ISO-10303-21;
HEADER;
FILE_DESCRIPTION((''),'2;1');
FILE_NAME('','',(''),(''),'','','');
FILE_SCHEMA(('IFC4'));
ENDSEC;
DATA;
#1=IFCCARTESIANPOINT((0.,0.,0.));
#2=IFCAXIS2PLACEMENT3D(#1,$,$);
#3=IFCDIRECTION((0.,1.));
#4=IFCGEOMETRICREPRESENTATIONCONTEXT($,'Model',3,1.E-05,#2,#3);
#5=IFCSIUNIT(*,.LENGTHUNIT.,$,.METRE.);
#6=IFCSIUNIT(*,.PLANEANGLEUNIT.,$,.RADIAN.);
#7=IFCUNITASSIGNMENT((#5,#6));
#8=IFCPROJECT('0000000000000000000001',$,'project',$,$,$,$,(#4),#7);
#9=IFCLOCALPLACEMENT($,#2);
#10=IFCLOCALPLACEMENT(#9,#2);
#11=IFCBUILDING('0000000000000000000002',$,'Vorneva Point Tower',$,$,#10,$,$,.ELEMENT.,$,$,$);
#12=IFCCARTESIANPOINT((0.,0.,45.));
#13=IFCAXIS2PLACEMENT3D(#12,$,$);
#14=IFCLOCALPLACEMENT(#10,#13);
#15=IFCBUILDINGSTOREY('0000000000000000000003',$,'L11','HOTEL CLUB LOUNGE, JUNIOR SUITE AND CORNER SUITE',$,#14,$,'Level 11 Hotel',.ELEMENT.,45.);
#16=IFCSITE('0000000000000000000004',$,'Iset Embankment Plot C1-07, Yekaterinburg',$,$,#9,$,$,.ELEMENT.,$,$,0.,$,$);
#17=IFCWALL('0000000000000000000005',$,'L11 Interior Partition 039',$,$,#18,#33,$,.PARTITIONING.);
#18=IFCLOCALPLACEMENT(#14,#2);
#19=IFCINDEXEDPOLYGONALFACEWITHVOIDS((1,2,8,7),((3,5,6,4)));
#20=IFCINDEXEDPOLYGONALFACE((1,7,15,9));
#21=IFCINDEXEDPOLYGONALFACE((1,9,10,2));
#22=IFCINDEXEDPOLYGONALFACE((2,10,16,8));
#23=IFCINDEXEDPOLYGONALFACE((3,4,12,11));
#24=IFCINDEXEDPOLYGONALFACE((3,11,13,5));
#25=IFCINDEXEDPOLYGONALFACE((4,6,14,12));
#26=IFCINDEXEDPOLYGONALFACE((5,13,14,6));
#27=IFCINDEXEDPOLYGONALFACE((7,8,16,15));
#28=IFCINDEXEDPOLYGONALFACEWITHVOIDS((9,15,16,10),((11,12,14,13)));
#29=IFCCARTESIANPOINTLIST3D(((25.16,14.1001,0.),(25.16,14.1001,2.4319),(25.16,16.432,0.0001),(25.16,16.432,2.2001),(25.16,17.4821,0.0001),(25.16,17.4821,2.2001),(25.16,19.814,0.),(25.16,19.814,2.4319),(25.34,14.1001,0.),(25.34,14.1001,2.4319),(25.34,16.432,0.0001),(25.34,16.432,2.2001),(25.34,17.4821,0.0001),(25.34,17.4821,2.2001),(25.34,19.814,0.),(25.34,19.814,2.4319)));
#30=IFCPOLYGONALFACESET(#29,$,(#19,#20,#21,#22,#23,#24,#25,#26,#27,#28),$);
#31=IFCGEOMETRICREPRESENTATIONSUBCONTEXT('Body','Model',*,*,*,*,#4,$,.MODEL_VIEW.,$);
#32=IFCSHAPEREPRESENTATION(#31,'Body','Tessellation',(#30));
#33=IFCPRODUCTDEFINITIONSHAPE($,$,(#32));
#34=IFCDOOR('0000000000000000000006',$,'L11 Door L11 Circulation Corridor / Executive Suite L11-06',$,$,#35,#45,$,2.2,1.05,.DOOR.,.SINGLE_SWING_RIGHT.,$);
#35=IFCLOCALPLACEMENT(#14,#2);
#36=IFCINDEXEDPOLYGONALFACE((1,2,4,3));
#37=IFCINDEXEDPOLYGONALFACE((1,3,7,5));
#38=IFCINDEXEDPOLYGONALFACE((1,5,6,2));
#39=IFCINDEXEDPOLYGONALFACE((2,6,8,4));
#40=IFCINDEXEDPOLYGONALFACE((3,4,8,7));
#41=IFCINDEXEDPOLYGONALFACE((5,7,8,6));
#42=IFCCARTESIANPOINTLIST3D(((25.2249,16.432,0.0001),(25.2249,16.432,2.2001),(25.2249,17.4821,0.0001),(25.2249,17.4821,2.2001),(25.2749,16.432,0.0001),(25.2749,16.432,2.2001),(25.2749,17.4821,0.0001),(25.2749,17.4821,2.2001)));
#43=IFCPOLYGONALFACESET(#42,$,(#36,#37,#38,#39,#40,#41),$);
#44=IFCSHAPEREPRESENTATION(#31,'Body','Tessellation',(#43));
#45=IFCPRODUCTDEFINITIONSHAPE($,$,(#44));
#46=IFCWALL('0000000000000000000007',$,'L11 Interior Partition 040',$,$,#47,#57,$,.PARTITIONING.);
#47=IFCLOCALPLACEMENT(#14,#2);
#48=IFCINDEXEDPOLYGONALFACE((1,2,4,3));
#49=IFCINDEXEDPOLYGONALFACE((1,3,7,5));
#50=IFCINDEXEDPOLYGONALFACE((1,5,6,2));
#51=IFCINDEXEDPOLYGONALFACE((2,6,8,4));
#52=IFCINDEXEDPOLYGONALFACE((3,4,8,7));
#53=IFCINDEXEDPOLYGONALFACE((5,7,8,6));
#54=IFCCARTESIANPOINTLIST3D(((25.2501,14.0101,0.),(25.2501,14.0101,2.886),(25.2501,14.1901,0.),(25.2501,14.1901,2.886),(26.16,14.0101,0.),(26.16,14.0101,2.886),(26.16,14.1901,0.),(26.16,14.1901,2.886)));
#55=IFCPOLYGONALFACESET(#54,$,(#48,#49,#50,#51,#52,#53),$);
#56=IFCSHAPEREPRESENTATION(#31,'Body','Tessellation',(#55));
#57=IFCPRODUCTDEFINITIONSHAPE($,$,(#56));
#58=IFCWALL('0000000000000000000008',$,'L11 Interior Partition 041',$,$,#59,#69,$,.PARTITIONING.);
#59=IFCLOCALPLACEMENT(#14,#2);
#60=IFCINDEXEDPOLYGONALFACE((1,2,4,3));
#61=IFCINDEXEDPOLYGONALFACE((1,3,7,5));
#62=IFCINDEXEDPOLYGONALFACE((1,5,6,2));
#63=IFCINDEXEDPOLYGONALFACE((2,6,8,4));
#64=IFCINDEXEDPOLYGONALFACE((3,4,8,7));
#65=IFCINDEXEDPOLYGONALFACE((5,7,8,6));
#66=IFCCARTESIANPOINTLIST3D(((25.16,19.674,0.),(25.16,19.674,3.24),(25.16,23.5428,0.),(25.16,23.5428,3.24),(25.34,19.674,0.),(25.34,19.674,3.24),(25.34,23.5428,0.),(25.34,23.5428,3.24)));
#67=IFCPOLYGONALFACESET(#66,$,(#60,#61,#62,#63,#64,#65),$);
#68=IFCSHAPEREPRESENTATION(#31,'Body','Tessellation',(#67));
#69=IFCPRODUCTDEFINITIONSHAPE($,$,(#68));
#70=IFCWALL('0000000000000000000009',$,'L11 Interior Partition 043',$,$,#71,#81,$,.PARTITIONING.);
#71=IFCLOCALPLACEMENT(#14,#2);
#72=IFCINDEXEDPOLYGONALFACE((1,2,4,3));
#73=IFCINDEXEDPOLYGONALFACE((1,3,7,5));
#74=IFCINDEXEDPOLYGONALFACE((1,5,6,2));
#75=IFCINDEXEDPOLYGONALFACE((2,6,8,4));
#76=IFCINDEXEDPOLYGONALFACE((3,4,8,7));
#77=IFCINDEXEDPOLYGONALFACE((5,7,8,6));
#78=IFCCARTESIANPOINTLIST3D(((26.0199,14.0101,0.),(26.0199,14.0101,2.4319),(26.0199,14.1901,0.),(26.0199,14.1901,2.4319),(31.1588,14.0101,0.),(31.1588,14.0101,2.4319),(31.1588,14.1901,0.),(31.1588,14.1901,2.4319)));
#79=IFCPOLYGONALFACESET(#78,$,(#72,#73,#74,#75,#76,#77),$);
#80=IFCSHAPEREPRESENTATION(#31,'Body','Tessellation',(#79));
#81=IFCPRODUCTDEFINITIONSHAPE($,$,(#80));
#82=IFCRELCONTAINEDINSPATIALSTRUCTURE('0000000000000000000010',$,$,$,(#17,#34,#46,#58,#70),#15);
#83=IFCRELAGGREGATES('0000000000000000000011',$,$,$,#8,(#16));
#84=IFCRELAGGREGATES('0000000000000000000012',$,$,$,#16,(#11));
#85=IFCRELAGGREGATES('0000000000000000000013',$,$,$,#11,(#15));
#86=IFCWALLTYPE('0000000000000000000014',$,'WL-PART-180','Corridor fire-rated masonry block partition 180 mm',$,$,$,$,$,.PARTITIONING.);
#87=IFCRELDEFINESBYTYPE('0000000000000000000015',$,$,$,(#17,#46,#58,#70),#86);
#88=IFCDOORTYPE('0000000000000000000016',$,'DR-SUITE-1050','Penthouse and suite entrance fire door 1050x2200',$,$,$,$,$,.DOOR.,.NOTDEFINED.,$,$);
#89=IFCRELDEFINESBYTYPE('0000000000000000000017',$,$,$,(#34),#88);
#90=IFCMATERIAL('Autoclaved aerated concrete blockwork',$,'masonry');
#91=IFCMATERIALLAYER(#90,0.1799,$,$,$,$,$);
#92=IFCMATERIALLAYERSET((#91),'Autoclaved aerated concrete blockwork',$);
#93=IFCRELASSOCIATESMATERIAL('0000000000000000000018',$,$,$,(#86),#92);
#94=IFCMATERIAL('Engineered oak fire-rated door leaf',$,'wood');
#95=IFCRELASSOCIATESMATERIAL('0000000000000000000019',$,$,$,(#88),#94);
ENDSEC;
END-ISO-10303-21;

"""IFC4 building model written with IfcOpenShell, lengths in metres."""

from ifc_helpers import new_model, si_unit, direction, frame, frame_2d, origin, place, context, subcontext, project, spatial, rectangle, extrude, material, layer, layer_set, type_object, element, fill, save


model = new_model("IFC4")

# Units and contexts
model_context = context("Model", 3, precision=1e-05, world=origin(), true_north=direction((0.0, 1.0)))
body_context = subcontext(model_context, "Body", "Model", "MODEL_VIEW")
ifc_project = project(units=[si_unit("LENGTHUNIT", "METRE"), si_unit("PLANEANGLEUNIT", "RADIAN")], contexts=[model_context])

# Site, building, storey
site_placement = place(None, origin())
site = spatial("IfcSite", under=ifc_project, at=site_placement, Name="Iset Embankment Plot C1-07, Yekaterinburg", CompositionType="ELEMENT", RefElevation=0.0)
building_placement = place(site_placement, origin())
building = spatial("IfcBuilding", under=site, at=building_placement, Name="Vorneva Point Tower", CompositionType="ELEMENT")
storey_placement = place(building_placement, frame((0.0, 0.0, 45.0)))
storey = spatial("IfcBuildingStorey", under=building, at=storey_placement, Name="L11", Description="HOTEL CLUB LOUNGE, JUNIOR SUITE AND CORNER SUITE", LongName="Level 11 Hotel", CompositionType="ELEMENT", Elevation=45.0)

# Shared definitions
ifc_material_1 = material(Name="Engineered oak fire-rated door leaf", Category="wood")

# Wall, opening, door
ifc_material_2 = material(Name="Autoclaved aerated concrete blockwork", Category="masonry")
ifc_layer_1 = layer(ifc_material_2, 0.1799)
ifc_layer_set_1 = layer_set([ifc_layer_1], Name="Autoclaved aerated concrete blockwork")
wall_type_1 = type_object("IfcWallType", Name="WL-PART-180", Description="Corridor fire-rated masonry block partition 180 mm", PredefinedType="PARTITIONING", material=ifc_layer_set_1)
wall_1_placement = place(storey_placement, frame((25.25, 19.814, 0.0), z_axis=(0.0, 0.0, 1.0), x_axis=(0.0, -1.0, 0.0)))
wall_1 = element("IfcWall", 1, at=wall_1_placement, inside=storey, type_object=wall_type_1, Name="L11 Interior Partition 039", PredefinedType="PARTITIONING", context=body_context, shape_type="SweptSolid", body=[
    extrude(rectangle(XDim=5.7139, YDim=0.1799, at=frame_2d((2.8569, 0.0))), origin(), (0.0, 0.0, 1.0), 2.4319),
])
opening_1_placement = place(wall_1_placement, frame((2.332, 0.0, 0.0)))
opening_1 = element("IfcOpeningElement", 2, at=opening_1_placement, cuts=wall_1, PredefinedType="OPENING", context=body_context, shape_type="SweptSolid", body=[
    extrude(rectangle(XDim=1.05, YDim=2.2, at=frame_2d((0.5249, 1.1001))), frame((0.0, 0.105, 0.0), z_axis=(0.0, -1.0, 0.0), x_axis=(1.0, 0.0, 0.0)), (0.0, 0.0, 1.0), 0.2097),
])
door_type_1 = type_object("IfcDoorType", Name="DR-SUITE-1050", Description="Penthouse and suite entrance fire door 1050x2200", OperationType="NOTDEFINED", PredefinedType="DOOR", material=ifc_material_1)
door_1_placement = place(opening_1_placement, origin())
door_1 = element("IfcDoor", 3, at=door_1_placement, inside=storey, type_object=door_type_1, Name="L11 Door L11 Circulation Corridor / Executive Suite L11-06", OperationType="SINGLE_SWING_RIGHT", OverallHeight=2.2, OverallWidth=1.05, PredefinedType="DOOR", context=body_context, shape_type="SweptSolid", body=[
    extrude(rectangle(XDim=1.05, YDim=2.2, at=frame_2d((0.5249, 1.1001))), frame((0.0, 0.0249, 0.0), z_axis=(0.0, -1.0, 0.0), x_axis=(1.0, 0.0, 0.0)), (0.0, 0.0, 1.0), 0.05),
])
fill(opening_1, door_1)

# Walls
wall_2_placement = place(storey_placement, frame((25.25, 14.1001, 0.0), z_axis=(0.0, 0.0, 1.0), x_axis=(1.0, 0.0, 0.0)))
element("IfcWall", 4, at=wall_2_placement, inside=storey, type_object=wall_type_1, Name="L11 Interior Partition 040", PredefinedType="PARTITIONING", context=body_context, shape_type="SweptSolid", body=[
    extrude(rectangle(XDim=0.9099, YDim=0.1799, at=frame_2d((0.4551, 0.0))), origin(), (0.0, 0.0, 1.0), 2.886),
])
wall_3_placement = place(storey_placement, frame((25.25, 23.543, 0.0), z_axis=(0.0, 0.0, 1.0), x_axis=(0.0, -1.0, 0.0)))
element("IfcWall", 5, at=wall_3_placement, inside=storey, type_object=wall_type_1, Name="L11 Interior Partition 041", PredefinedType="PARTITIONING", context=body_context, shape_type="SweptSolid", body=[
    extrude(rectangle(XDim=3.8689, YDim=0.1799, at=frame_2d((1.9346, 0.0))), origin(), (0.0, 0.0, 1.0), 3.24),
])
wall_4_placement = place(storey_placement, frame((26.02, 14.1001, 0.0), z_axis=(0.0, 0.0, 1.0), x_axis=(1.0, 0.0, 0.0)))
element("IfcWall", 6, at=wall_4_placement, inside=storey, type_object=wall_type_1, Name="L11 Interior Partition 043", PredefinedType="PARTITIONING", context=body_context, shape_type="SweptSolid", body=[
    extrude(rectangle(XDim=5.1389, YDim=0.1799, at=frame_2d((2.5693, 0.0))), origin(), (0.0, 0.0, 1.0), 2.4319),
])

save(model, "model.ifc")
